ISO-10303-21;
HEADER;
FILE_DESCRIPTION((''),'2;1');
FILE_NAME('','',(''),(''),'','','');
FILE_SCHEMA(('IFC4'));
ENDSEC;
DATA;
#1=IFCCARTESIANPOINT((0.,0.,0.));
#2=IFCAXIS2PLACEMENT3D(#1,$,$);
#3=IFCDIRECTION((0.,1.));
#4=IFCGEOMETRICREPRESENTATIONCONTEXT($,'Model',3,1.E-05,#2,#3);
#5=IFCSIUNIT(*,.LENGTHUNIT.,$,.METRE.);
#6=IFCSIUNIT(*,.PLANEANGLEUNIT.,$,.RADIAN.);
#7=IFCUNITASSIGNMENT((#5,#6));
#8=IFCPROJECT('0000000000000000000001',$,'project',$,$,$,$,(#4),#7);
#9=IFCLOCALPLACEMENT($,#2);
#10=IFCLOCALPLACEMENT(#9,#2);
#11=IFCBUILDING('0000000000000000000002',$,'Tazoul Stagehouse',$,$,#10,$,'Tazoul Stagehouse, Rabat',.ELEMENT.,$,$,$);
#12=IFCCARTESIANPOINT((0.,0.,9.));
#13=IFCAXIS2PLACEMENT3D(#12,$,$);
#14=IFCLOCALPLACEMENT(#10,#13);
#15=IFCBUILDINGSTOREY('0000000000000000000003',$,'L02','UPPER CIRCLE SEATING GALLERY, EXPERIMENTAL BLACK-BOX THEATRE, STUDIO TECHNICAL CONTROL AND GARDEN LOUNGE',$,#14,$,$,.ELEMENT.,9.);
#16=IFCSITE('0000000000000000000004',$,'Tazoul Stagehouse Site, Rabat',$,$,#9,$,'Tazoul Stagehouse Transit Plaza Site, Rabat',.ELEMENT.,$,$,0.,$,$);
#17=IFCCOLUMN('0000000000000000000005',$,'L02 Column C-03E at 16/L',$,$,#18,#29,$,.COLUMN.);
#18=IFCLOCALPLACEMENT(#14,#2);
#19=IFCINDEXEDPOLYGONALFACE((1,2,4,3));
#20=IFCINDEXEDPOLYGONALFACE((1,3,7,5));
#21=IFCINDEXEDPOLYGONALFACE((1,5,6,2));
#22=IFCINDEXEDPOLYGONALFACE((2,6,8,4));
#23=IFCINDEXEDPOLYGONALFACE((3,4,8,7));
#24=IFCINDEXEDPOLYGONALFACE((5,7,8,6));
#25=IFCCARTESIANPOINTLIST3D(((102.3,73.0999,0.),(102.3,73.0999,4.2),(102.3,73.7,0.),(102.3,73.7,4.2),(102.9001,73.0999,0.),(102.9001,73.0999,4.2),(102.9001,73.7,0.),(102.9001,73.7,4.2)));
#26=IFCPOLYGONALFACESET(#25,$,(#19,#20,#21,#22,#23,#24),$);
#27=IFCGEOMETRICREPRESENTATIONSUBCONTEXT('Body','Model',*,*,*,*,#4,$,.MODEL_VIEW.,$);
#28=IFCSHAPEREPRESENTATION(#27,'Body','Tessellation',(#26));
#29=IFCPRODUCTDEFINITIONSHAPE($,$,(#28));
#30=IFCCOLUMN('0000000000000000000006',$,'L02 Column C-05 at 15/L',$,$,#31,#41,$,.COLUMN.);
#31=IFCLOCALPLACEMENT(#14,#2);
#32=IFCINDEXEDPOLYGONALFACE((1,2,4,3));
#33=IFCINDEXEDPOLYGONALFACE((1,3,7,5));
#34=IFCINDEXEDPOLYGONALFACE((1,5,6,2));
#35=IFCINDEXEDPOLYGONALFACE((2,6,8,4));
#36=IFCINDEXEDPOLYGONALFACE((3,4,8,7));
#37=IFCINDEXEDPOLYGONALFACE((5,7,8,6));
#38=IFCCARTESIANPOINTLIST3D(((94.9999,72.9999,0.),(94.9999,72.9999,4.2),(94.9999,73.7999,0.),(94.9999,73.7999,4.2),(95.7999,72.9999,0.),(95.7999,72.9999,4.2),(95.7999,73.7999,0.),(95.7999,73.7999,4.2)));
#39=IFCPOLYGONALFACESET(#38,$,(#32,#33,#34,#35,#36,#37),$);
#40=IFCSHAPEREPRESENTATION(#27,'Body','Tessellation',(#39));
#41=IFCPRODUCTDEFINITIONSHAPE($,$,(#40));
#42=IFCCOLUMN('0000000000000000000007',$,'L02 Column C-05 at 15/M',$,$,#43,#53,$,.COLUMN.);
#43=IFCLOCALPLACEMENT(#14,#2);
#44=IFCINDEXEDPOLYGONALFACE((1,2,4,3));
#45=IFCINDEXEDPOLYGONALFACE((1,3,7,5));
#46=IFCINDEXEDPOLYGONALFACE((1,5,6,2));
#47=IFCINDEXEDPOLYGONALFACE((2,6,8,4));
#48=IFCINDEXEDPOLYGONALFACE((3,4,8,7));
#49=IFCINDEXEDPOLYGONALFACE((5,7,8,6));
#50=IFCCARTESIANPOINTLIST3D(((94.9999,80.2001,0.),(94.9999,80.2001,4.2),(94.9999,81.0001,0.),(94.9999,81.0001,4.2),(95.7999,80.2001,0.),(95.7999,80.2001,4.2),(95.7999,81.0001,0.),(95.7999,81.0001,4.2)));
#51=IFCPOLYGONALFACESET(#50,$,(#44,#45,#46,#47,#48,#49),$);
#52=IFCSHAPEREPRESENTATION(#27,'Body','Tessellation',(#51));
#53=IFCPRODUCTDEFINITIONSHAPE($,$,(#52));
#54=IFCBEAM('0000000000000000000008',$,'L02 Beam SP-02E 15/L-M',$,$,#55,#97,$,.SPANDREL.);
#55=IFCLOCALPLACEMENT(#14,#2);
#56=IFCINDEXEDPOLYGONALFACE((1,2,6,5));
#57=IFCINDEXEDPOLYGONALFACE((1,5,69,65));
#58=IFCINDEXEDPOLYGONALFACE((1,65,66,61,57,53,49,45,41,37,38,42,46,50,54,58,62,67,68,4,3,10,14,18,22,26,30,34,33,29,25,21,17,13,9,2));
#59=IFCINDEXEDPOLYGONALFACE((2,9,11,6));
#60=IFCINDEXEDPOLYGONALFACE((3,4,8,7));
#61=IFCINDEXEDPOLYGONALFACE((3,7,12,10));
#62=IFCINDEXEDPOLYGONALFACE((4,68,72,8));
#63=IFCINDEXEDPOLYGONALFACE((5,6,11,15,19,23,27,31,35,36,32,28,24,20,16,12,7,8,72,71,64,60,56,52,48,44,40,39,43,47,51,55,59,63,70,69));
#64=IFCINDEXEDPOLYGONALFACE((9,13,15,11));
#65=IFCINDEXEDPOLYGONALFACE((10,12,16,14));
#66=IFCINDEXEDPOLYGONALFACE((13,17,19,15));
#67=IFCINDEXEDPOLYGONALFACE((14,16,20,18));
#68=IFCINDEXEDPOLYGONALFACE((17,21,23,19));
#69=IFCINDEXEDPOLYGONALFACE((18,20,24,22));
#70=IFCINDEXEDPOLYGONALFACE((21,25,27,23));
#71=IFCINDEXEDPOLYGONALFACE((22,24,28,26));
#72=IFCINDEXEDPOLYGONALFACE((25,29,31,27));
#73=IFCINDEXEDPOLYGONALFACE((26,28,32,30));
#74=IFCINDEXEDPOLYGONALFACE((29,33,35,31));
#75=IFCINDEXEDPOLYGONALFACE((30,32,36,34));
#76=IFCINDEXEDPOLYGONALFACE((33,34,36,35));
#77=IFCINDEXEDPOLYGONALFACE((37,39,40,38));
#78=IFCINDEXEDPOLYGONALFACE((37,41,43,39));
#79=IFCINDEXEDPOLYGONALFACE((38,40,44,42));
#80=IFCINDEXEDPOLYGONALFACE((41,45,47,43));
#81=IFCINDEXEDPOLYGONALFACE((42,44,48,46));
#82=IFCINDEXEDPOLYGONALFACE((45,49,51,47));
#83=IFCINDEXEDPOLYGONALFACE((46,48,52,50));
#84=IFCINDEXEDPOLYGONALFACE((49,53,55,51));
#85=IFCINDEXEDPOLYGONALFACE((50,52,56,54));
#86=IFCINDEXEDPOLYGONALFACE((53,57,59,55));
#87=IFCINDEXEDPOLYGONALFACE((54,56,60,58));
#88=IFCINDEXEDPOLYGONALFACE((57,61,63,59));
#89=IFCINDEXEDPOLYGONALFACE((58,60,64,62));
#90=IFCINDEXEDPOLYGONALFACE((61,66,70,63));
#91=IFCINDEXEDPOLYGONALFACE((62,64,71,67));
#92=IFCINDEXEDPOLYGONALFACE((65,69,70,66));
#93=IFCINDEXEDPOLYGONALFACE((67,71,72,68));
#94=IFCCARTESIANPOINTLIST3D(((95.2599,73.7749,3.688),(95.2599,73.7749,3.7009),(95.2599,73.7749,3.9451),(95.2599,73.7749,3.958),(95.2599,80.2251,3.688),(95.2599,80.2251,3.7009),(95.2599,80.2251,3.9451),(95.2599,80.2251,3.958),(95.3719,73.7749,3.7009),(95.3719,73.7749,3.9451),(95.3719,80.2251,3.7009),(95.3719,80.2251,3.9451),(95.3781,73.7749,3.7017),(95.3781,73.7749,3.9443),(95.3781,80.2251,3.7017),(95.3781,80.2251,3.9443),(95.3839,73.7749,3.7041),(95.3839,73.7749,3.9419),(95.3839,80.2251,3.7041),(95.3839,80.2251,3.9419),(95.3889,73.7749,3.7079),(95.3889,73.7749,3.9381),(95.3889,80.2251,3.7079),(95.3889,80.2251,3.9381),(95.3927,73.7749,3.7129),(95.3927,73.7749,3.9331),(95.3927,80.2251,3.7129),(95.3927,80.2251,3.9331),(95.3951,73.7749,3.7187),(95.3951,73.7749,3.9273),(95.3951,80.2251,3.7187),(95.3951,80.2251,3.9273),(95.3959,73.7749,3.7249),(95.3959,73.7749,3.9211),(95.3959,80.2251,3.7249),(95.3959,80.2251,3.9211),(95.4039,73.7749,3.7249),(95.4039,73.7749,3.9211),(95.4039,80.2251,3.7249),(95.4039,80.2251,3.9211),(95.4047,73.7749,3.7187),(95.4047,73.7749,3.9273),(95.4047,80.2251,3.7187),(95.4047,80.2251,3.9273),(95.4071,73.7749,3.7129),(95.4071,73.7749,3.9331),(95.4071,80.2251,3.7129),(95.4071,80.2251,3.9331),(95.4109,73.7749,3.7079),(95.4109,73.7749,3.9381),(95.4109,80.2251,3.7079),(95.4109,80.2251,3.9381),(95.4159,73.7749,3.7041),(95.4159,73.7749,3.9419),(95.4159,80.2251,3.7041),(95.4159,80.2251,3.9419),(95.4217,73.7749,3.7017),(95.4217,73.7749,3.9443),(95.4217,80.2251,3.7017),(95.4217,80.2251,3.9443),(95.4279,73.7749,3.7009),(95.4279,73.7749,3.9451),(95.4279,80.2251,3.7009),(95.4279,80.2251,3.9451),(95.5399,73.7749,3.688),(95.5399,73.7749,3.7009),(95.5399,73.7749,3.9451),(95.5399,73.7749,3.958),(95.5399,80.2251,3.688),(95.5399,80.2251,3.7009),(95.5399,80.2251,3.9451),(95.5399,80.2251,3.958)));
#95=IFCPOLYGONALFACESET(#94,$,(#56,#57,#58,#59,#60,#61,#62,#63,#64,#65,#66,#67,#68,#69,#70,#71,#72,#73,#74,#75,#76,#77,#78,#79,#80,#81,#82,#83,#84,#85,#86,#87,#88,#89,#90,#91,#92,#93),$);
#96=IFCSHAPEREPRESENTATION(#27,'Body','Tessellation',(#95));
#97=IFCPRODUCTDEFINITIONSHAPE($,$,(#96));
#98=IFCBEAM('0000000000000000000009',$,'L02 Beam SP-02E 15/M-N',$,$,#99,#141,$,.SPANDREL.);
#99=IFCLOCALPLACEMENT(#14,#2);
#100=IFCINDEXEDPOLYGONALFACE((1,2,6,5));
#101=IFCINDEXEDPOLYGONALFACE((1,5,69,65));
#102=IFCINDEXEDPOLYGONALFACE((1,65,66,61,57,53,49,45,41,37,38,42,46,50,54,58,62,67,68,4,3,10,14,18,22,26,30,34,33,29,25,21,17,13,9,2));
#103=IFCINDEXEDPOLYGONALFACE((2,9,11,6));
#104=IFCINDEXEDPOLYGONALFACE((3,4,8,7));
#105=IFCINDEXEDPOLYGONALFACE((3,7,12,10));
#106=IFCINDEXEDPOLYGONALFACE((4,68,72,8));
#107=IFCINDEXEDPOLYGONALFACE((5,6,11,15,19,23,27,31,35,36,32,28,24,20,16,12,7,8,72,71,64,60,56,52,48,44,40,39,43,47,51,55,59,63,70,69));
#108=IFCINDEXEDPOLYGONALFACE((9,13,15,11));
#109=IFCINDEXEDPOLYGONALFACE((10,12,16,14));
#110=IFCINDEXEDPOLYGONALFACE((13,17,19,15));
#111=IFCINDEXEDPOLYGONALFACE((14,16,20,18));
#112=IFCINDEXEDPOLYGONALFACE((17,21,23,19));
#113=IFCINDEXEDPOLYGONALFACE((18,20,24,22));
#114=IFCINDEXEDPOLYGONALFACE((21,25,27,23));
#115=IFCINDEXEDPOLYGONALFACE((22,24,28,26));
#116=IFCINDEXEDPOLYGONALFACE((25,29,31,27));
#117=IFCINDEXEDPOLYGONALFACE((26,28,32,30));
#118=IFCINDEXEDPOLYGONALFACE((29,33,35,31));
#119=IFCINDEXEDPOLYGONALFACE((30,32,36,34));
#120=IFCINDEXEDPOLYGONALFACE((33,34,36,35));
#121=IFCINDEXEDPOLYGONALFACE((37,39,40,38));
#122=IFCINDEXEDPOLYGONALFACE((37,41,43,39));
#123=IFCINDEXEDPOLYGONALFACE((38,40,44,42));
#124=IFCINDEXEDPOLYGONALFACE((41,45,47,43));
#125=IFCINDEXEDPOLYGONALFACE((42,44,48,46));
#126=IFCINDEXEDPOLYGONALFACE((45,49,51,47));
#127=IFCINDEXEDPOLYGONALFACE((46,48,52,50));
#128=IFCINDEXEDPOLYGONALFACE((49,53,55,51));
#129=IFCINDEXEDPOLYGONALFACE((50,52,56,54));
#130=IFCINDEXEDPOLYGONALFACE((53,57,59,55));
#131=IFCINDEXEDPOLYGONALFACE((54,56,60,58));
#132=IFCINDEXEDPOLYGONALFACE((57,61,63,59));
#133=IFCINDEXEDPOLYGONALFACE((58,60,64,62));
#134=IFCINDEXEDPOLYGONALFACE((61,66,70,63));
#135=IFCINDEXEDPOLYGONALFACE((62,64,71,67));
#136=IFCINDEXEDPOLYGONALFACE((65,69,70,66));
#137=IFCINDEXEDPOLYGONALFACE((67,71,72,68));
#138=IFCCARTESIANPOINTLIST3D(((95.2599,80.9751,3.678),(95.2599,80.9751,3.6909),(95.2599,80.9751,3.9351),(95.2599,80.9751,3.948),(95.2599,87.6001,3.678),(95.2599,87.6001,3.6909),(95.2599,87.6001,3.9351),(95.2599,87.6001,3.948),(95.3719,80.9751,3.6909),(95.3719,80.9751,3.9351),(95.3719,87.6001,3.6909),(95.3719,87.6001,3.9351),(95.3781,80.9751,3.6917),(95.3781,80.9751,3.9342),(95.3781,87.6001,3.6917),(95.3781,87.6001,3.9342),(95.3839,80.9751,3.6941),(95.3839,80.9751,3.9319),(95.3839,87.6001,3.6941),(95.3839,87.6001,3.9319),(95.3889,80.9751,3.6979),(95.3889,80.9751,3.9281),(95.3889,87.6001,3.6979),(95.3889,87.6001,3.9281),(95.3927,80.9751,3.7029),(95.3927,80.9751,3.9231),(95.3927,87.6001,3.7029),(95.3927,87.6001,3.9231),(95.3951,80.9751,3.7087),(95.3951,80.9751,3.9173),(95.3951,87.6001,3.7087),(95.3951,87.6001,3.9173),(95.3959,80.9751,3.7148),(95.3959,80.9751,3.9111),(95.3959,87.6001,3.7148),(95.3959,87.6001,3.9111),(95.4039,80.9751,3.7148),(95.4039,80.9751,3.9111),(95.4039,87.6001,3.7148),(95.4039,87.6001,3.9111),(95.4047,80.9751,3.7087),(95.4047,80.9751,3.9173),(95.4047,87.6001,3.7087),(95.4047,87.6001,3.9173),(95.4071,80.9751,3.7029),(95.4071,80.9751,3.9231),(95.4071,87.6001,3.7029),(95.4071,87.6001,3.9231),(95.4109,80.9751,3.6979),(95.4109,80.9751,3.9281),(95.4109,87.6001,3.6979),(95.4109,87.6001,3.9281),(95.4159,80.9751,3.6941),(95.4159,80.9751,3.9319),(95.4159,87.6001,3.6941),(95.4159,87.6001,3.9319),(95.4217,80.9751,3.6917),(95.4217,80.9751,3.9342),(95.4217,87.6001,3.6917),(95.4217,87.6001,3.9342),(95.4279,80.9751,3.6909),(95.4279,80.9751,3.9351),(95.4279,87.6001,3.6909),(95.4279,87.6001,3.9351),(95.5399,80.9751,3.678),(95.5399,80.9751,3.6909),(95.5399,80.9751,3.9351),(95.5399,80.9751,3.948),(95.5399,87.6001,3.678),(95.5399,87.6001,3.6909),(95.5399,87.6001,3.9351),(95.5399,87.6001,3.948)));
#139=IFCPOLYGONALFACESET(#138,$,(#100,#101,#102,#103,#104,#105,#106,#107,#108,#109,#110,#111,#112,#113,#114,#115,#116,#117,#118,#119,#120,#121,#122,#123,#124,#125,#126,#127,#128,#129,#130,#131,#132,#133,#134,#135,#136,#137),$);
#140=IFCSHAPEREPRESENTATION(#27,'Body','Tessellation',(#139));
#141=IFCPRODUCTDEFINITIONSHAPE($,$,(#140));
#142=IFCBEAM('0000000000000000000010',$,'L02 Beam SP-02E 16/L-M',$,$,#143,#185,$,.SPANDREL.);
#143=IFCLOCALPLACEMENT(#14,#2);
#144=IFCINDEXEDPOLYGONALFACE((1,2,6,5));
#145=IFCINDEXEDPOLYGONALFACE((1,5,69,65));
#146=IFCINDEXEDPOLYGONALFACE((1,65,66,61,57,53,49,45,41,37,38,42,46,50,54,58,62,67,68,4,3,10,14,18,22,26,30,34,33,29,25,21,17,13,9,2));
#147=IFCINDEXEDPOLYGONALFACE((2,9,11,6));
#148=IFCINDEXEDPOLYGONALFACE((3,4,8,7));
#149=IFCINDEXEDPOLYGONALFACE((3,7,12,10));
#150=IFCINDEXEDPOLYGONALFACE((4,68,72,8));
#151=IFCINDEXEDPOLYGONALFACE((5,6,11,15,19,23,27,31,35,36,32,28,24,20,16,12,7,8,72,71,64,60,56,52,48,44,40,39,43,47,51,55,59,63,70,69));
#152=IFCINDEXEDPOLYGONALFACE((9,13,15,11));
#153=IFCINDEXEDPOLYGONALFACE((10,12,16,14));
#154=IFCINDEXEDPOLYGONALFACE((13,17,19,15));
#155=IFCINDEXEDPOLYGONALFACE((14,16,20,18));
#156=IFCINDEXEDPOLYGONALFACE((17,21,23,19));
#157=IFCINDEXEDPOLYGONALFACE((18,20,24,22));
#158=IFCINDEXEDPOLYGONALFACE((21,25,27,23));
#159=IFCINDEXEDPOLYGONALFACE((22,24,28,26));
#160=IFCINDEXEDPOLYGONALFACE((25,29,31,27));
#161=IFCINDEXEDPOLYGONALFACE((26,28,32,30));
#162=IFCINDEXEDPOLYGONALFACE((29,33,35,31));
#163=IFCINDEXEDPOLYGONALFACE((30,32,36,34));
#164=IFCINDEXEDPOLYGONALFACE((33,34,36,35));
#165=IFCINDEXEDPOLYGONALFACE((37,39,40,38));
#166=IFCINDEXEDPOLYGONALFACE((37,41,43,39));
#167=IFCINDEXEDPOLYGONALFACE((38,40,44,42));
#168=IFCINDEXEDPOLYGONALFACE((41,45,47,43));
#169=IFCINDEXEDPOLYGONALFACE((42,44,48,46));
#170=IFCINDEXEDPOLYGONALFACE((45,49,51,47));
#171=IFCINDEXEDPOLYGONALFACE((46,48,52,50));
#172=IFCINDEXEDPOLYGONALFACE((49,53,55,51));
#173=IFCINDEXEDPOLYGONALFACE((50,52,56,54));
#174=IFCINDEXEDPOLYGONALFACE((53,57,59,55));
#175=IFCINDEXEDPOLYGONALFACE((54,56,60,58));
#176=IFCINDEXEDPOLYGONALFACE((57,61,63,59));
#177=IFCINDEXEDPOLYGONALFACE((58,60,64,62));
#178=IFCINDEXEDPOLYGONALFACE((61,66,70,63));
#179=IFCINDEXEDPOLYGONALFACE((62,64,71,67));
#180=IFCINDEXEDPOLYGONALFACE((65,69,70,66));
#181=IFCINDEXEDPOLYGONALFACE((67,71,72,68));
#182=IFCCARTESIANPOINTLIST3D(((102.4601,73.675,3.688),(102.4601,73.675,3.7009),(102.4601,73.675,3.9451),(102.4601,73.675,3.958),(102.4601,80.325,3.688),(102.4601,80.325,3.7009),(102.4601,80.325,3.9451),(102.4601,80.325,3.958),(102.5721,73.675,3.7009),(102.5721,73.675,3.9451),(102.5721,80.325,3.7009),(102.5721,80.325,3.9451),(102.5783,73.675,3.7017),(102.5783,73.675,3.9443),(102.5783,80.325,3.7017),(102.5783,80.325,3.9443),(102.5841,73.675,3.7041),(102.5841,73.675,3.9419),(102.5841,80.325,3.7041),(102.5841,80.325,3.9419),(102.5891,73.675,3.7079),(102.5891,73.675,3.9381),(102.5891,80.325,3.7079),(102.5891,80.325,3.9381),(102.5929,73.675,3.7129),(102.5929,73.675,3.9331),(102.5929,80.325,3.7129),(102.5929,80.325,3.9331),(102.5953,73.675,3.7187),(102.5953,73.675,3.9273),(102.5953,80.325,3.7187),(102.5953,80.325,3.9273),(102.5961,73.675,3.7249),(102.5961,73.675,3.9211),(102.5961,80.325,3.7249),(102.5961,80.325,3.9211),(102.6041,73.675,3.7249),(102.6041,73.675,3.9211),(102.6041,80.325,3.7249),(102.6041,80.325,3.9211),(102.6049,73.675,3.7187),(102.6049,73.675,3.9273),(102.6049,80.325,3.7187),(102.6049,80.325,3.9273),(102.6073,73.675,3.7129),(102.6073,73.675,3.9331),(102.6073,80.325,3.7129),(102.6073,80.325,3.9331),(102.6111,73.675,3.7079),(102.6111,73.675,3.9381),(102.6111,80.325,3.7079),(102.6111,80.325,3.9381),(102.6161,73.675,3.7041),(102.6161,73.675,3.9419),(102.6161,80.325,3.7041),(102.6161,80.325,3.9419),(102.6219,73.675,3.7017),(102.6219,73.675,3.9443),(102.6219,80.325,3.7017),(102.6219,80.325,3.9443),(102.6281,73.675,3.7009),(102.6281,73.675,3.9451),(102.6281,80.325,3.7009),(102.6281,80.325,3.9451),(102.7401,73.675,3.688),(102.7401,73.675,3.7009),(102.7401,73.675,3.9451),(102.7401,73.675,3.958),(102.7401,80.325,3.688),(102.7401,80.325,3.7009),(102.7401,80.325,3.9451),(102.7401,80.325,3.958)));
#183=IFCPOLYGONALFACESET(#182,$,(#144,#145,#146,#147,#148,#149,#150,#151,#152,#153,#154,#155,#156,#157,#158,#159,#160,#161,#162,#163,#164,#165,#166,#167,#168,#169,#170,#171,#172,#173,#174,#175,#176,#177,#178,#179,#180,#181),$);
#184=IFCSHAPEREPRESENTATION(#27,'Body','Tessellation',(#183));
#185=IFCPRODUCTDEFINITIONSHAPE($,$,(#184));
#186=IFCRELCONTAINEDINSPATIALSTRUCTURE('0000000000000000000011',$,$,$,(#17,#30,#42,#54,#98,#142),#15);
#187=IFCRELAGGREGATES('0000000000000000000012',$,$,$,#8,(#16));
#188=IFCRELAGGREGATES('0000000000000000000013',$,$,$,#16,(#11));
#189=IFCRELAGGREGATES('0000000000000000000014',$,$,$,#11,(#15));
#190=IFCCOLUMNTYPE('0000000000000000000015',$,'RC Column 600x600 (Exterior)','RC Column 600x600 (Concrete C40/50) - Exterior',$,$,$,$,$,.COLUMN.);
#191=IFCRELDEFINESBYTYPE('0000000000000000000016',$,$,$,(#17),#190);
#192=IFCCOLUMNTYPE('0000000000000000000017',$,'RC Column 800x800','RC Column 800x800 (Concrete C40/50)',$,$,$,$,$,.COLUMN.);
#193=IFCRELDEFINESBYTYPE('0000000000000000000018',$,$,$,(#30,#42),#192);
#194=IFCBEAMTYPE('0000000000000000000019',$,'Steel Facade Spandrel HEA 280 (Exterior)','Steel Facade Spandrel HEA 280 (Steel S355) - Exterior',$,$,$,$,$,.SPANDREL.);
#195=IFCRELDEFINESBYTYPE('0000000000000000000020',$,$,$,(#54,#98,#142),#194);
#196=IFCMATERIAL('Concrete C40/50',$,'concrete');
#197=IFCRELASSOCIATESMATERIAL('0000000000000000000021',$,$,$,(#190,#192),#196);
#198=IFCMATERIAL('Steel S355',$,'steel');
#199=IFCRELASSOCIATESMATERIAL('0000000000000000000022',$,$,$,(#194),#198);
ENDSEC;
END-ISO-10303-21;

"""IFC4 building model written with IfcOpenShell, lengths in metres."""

from ifc_helpers import new_model, si_unit, direction, frame, origin, origin_2d, place, context, subcontext, project, spatial, rectangle, i_section, extrude, material, material_profile, profile_set, type_object, element, save


model = new_model("IFC4")

# Units and contexts
model_context = context("Model", 3, precision=1e-05, world=origin(), true_north=direction((0.0, 1.0)))
body_context = subcontext(model_context, "Body", "Model", "MODEL_VIEW")
ifc_project = project(units=[si_unit("LENGTHUNIT", "METRE"), si_unit("PLANEANGLEUNIT", "RADIAN")], contexts=[model_context])

# Site, building, storey
site_placement = place(None, origin())
site = spatial("IfcSite", under=ifc_project, at=site_placement, Name="Tazoul Stagehouse Site, Rabat", LongName="Tazoul Stagehouse Transit Plaza Site, Rabat", CompositionType="ELEMENT", RefElevation=0.0)
building_placement = place(site_placement, origin())
building = spatial("IfcBuilding", under=site, at=building_placement, Name="Tazoul Stagehouse", LongName="Tazoul Stagehouse, Rabat", CompositionType="ELEMENT")
storey_placement = place(building_placement, frame((0.0, 0.0, 9.0)))
storey = spatial("IfcBuildingStorey", under=building, at=storey_placement, Name="L02", Description="UPPER CIRCLE SEATING GALLERY, EXPERIMENTAL BLACK-BOX THEATRE, STUDIO TECHNICAL CONTROL AND GARDEN LOUNGE", CompositionType="ELEMENT", Elevation=9.0)

# Columns
ifc_material_1 = material(Name="Concrete C40/50", Category="concrete")
ifc_material_profile_1 = material_profile(ifc_material_1, rectangle(XDim=0.6001, YDim=0.6001, at=origin_2d()), Name="RC 600x600")
ifc_profile_set_1 = profile_set([ifc_material_profile_1], Name="Concrete C40/50")
column_type_1 = type_object("IfcColumnType", Name="RC Column 600x600 (Exterior)", Description="RC Column 600x600 (Concrete C40/50) - Exterior", PredefinedType="COLUMN", material=ifc_profile_set_1)
column_placement = place(storey_placement, frame((102.6001, 73.3999, 0.0), z_axis=(0.0, 0.0, 1.0), x_axis=(1.0, 0.0, 0.0)))
element("IfcColumn", 1, at=column_placement, inside=storey, type_object=column_type_1, Name="L02 Column C-03E at 16/L", PredefinedType="COLUMN", context=body_context, shape_type="SweptSolid", body=[
    extrude(rectangle(XDim=0.6001, YDim=0.6001, at=origin_2d()), origin(), (0.0, 0.0, 1.0), 4.2),
])
ifc_material_profile_2 = material_profile(ifc_material_1, rectangle(XDim=0.8, YDim=0.8, at=origin_2d()), Name="RC 800x800")
ifc_profile_set_2 = profile_set([ifc_material_profile_2], Name="Concrete C40/50")
column_type_2 = type_object("IfcColumnType", Name="RC Column 800x800", Description="RC Column 800x800 (Concrete C40/50)", PredefinedType="COLUMN", material=ifc_profile_set_2)
for number, where, z_axis, x_axis, name in (
    (2, (95.3999, 73.3999, 0.0), (0.0, 0.0, 1.0), (1.0, 0.0, 0.0), "L02 Column C-05 at 15/L"),
    (3, (95.3999, 80.6001, 0.0), (0.0, 0.0, 1.0), (1.0, 0.0, 0.0), "L02 Column C-05 at 15/M"),
):
    element("IfcColumn", number, at=place(storey_placement, frame(where, z_axis=z_axis, x_axis=x_axis)), inside=storey, type_object=column_type_2, Name=name, PredefinedType="COLUMN", context=body_context, shape_type="SweptSolid", body=[
        extrude(rectangle(XDim=0.8, YDim=0.8, at=origin_2d()), origin(), (0.0, 0.0, 1.0), 4.2),
    ])

# Beams
ifc_material_2 = material(Name="Steel S355", Category="steel")
ifc_material_profile_3 = material_profile(ifc_material_2, i_section(OverallWidth=0.28, OverallDepth=0.27, WebThickness=0.0081, FlangeThickness=0.0129, FilletRadius=0.0239, at=origin_2d()), Name="HEA 280")
ifc_profile_set_3 = profile_set([ifc_material_profile_3], Name="Steel S355")
beam_type_1 = type_object("IfcBeamType", Name="Steel Facade Spandrel HEA 280 (Exterior)", Description="Steel Facade Spandrel HEA 280 (Steel S355) - Exterior", PredefinedType="SPANDREL", material=ifc_profile_set_3)
beam_1_placement = place(storey_placement, frame((95.3999, 73.7749, 3.823), z_axis=(0.0, 1.0, 0.0), x_axis=(-1.0, 0.0, 0.0)))
element("IfcBeam", 4, at=beam_1_placement, inside=storey, type_object=beam_type_1, Name="L02 Beam SP-02E 15/L-M", PredefinedType="SPANDREL", context=body_context, shape_type="SweptSolid", body=[
    extrude(i_section(OverallWidth=0.28, OverallDepth=0.27, WebThickness=0.0081, FlangeThickness=0.0129, FilletRadius=0.0239, at=origin_2d()), origin(), (0.0, 0.0, 1.0), 6.4502),
])
beam_2_placement = place(storey_placement, frame((95.3999, 80.9751, 3.813), z_axis=(0.0, 1.0, 0.0), x_axis=(-1.0, 0.0, 0.0)))
element("IfcBeam", 5, at=beam_2_placement, inside=storey, type_object=beam_type_1, Name="L02 Beam SP-02E 15/M-N", PredefinedType="SPANDREL", context=body_context, shape_type="SweptSolid", body=[
    extrude(i_section(OverallWidth=0.28, OverallDepth=0.27, WebThickness=0.0081, FlangeThickness=0.0129, FilletRadius=0.0239, at=origin_2d()), origin(), (0.0, 0.0, 1.0), 6.625),
])
beam_3_placement = place(storey_placement, frame((102.6001, 73.675, 3.823), z_axis=(0.0, 1.0, 0.0), x_axis=(-1.0, 0.0, 0.0)))
element("IfcBeam", 6, at=beam_3_placement, inside=storey, type_object=beam_type_1, Name="L02 Beam SP-02E 16/L-M", PredefinedType="SPANDREL", context=body_context, shape_type="SweptSolid", body=[
    extrude(i_section(OverallWidth=0.28, OverallDepth=0.27, WebThickness=0.0081, FlangeThickness=0.0129, FilletRadius=0.0239, at=origin_2d()), origin(), (0.0, 0.0, 1.0), 6.6499),
])

save(model, "model.ifc")
